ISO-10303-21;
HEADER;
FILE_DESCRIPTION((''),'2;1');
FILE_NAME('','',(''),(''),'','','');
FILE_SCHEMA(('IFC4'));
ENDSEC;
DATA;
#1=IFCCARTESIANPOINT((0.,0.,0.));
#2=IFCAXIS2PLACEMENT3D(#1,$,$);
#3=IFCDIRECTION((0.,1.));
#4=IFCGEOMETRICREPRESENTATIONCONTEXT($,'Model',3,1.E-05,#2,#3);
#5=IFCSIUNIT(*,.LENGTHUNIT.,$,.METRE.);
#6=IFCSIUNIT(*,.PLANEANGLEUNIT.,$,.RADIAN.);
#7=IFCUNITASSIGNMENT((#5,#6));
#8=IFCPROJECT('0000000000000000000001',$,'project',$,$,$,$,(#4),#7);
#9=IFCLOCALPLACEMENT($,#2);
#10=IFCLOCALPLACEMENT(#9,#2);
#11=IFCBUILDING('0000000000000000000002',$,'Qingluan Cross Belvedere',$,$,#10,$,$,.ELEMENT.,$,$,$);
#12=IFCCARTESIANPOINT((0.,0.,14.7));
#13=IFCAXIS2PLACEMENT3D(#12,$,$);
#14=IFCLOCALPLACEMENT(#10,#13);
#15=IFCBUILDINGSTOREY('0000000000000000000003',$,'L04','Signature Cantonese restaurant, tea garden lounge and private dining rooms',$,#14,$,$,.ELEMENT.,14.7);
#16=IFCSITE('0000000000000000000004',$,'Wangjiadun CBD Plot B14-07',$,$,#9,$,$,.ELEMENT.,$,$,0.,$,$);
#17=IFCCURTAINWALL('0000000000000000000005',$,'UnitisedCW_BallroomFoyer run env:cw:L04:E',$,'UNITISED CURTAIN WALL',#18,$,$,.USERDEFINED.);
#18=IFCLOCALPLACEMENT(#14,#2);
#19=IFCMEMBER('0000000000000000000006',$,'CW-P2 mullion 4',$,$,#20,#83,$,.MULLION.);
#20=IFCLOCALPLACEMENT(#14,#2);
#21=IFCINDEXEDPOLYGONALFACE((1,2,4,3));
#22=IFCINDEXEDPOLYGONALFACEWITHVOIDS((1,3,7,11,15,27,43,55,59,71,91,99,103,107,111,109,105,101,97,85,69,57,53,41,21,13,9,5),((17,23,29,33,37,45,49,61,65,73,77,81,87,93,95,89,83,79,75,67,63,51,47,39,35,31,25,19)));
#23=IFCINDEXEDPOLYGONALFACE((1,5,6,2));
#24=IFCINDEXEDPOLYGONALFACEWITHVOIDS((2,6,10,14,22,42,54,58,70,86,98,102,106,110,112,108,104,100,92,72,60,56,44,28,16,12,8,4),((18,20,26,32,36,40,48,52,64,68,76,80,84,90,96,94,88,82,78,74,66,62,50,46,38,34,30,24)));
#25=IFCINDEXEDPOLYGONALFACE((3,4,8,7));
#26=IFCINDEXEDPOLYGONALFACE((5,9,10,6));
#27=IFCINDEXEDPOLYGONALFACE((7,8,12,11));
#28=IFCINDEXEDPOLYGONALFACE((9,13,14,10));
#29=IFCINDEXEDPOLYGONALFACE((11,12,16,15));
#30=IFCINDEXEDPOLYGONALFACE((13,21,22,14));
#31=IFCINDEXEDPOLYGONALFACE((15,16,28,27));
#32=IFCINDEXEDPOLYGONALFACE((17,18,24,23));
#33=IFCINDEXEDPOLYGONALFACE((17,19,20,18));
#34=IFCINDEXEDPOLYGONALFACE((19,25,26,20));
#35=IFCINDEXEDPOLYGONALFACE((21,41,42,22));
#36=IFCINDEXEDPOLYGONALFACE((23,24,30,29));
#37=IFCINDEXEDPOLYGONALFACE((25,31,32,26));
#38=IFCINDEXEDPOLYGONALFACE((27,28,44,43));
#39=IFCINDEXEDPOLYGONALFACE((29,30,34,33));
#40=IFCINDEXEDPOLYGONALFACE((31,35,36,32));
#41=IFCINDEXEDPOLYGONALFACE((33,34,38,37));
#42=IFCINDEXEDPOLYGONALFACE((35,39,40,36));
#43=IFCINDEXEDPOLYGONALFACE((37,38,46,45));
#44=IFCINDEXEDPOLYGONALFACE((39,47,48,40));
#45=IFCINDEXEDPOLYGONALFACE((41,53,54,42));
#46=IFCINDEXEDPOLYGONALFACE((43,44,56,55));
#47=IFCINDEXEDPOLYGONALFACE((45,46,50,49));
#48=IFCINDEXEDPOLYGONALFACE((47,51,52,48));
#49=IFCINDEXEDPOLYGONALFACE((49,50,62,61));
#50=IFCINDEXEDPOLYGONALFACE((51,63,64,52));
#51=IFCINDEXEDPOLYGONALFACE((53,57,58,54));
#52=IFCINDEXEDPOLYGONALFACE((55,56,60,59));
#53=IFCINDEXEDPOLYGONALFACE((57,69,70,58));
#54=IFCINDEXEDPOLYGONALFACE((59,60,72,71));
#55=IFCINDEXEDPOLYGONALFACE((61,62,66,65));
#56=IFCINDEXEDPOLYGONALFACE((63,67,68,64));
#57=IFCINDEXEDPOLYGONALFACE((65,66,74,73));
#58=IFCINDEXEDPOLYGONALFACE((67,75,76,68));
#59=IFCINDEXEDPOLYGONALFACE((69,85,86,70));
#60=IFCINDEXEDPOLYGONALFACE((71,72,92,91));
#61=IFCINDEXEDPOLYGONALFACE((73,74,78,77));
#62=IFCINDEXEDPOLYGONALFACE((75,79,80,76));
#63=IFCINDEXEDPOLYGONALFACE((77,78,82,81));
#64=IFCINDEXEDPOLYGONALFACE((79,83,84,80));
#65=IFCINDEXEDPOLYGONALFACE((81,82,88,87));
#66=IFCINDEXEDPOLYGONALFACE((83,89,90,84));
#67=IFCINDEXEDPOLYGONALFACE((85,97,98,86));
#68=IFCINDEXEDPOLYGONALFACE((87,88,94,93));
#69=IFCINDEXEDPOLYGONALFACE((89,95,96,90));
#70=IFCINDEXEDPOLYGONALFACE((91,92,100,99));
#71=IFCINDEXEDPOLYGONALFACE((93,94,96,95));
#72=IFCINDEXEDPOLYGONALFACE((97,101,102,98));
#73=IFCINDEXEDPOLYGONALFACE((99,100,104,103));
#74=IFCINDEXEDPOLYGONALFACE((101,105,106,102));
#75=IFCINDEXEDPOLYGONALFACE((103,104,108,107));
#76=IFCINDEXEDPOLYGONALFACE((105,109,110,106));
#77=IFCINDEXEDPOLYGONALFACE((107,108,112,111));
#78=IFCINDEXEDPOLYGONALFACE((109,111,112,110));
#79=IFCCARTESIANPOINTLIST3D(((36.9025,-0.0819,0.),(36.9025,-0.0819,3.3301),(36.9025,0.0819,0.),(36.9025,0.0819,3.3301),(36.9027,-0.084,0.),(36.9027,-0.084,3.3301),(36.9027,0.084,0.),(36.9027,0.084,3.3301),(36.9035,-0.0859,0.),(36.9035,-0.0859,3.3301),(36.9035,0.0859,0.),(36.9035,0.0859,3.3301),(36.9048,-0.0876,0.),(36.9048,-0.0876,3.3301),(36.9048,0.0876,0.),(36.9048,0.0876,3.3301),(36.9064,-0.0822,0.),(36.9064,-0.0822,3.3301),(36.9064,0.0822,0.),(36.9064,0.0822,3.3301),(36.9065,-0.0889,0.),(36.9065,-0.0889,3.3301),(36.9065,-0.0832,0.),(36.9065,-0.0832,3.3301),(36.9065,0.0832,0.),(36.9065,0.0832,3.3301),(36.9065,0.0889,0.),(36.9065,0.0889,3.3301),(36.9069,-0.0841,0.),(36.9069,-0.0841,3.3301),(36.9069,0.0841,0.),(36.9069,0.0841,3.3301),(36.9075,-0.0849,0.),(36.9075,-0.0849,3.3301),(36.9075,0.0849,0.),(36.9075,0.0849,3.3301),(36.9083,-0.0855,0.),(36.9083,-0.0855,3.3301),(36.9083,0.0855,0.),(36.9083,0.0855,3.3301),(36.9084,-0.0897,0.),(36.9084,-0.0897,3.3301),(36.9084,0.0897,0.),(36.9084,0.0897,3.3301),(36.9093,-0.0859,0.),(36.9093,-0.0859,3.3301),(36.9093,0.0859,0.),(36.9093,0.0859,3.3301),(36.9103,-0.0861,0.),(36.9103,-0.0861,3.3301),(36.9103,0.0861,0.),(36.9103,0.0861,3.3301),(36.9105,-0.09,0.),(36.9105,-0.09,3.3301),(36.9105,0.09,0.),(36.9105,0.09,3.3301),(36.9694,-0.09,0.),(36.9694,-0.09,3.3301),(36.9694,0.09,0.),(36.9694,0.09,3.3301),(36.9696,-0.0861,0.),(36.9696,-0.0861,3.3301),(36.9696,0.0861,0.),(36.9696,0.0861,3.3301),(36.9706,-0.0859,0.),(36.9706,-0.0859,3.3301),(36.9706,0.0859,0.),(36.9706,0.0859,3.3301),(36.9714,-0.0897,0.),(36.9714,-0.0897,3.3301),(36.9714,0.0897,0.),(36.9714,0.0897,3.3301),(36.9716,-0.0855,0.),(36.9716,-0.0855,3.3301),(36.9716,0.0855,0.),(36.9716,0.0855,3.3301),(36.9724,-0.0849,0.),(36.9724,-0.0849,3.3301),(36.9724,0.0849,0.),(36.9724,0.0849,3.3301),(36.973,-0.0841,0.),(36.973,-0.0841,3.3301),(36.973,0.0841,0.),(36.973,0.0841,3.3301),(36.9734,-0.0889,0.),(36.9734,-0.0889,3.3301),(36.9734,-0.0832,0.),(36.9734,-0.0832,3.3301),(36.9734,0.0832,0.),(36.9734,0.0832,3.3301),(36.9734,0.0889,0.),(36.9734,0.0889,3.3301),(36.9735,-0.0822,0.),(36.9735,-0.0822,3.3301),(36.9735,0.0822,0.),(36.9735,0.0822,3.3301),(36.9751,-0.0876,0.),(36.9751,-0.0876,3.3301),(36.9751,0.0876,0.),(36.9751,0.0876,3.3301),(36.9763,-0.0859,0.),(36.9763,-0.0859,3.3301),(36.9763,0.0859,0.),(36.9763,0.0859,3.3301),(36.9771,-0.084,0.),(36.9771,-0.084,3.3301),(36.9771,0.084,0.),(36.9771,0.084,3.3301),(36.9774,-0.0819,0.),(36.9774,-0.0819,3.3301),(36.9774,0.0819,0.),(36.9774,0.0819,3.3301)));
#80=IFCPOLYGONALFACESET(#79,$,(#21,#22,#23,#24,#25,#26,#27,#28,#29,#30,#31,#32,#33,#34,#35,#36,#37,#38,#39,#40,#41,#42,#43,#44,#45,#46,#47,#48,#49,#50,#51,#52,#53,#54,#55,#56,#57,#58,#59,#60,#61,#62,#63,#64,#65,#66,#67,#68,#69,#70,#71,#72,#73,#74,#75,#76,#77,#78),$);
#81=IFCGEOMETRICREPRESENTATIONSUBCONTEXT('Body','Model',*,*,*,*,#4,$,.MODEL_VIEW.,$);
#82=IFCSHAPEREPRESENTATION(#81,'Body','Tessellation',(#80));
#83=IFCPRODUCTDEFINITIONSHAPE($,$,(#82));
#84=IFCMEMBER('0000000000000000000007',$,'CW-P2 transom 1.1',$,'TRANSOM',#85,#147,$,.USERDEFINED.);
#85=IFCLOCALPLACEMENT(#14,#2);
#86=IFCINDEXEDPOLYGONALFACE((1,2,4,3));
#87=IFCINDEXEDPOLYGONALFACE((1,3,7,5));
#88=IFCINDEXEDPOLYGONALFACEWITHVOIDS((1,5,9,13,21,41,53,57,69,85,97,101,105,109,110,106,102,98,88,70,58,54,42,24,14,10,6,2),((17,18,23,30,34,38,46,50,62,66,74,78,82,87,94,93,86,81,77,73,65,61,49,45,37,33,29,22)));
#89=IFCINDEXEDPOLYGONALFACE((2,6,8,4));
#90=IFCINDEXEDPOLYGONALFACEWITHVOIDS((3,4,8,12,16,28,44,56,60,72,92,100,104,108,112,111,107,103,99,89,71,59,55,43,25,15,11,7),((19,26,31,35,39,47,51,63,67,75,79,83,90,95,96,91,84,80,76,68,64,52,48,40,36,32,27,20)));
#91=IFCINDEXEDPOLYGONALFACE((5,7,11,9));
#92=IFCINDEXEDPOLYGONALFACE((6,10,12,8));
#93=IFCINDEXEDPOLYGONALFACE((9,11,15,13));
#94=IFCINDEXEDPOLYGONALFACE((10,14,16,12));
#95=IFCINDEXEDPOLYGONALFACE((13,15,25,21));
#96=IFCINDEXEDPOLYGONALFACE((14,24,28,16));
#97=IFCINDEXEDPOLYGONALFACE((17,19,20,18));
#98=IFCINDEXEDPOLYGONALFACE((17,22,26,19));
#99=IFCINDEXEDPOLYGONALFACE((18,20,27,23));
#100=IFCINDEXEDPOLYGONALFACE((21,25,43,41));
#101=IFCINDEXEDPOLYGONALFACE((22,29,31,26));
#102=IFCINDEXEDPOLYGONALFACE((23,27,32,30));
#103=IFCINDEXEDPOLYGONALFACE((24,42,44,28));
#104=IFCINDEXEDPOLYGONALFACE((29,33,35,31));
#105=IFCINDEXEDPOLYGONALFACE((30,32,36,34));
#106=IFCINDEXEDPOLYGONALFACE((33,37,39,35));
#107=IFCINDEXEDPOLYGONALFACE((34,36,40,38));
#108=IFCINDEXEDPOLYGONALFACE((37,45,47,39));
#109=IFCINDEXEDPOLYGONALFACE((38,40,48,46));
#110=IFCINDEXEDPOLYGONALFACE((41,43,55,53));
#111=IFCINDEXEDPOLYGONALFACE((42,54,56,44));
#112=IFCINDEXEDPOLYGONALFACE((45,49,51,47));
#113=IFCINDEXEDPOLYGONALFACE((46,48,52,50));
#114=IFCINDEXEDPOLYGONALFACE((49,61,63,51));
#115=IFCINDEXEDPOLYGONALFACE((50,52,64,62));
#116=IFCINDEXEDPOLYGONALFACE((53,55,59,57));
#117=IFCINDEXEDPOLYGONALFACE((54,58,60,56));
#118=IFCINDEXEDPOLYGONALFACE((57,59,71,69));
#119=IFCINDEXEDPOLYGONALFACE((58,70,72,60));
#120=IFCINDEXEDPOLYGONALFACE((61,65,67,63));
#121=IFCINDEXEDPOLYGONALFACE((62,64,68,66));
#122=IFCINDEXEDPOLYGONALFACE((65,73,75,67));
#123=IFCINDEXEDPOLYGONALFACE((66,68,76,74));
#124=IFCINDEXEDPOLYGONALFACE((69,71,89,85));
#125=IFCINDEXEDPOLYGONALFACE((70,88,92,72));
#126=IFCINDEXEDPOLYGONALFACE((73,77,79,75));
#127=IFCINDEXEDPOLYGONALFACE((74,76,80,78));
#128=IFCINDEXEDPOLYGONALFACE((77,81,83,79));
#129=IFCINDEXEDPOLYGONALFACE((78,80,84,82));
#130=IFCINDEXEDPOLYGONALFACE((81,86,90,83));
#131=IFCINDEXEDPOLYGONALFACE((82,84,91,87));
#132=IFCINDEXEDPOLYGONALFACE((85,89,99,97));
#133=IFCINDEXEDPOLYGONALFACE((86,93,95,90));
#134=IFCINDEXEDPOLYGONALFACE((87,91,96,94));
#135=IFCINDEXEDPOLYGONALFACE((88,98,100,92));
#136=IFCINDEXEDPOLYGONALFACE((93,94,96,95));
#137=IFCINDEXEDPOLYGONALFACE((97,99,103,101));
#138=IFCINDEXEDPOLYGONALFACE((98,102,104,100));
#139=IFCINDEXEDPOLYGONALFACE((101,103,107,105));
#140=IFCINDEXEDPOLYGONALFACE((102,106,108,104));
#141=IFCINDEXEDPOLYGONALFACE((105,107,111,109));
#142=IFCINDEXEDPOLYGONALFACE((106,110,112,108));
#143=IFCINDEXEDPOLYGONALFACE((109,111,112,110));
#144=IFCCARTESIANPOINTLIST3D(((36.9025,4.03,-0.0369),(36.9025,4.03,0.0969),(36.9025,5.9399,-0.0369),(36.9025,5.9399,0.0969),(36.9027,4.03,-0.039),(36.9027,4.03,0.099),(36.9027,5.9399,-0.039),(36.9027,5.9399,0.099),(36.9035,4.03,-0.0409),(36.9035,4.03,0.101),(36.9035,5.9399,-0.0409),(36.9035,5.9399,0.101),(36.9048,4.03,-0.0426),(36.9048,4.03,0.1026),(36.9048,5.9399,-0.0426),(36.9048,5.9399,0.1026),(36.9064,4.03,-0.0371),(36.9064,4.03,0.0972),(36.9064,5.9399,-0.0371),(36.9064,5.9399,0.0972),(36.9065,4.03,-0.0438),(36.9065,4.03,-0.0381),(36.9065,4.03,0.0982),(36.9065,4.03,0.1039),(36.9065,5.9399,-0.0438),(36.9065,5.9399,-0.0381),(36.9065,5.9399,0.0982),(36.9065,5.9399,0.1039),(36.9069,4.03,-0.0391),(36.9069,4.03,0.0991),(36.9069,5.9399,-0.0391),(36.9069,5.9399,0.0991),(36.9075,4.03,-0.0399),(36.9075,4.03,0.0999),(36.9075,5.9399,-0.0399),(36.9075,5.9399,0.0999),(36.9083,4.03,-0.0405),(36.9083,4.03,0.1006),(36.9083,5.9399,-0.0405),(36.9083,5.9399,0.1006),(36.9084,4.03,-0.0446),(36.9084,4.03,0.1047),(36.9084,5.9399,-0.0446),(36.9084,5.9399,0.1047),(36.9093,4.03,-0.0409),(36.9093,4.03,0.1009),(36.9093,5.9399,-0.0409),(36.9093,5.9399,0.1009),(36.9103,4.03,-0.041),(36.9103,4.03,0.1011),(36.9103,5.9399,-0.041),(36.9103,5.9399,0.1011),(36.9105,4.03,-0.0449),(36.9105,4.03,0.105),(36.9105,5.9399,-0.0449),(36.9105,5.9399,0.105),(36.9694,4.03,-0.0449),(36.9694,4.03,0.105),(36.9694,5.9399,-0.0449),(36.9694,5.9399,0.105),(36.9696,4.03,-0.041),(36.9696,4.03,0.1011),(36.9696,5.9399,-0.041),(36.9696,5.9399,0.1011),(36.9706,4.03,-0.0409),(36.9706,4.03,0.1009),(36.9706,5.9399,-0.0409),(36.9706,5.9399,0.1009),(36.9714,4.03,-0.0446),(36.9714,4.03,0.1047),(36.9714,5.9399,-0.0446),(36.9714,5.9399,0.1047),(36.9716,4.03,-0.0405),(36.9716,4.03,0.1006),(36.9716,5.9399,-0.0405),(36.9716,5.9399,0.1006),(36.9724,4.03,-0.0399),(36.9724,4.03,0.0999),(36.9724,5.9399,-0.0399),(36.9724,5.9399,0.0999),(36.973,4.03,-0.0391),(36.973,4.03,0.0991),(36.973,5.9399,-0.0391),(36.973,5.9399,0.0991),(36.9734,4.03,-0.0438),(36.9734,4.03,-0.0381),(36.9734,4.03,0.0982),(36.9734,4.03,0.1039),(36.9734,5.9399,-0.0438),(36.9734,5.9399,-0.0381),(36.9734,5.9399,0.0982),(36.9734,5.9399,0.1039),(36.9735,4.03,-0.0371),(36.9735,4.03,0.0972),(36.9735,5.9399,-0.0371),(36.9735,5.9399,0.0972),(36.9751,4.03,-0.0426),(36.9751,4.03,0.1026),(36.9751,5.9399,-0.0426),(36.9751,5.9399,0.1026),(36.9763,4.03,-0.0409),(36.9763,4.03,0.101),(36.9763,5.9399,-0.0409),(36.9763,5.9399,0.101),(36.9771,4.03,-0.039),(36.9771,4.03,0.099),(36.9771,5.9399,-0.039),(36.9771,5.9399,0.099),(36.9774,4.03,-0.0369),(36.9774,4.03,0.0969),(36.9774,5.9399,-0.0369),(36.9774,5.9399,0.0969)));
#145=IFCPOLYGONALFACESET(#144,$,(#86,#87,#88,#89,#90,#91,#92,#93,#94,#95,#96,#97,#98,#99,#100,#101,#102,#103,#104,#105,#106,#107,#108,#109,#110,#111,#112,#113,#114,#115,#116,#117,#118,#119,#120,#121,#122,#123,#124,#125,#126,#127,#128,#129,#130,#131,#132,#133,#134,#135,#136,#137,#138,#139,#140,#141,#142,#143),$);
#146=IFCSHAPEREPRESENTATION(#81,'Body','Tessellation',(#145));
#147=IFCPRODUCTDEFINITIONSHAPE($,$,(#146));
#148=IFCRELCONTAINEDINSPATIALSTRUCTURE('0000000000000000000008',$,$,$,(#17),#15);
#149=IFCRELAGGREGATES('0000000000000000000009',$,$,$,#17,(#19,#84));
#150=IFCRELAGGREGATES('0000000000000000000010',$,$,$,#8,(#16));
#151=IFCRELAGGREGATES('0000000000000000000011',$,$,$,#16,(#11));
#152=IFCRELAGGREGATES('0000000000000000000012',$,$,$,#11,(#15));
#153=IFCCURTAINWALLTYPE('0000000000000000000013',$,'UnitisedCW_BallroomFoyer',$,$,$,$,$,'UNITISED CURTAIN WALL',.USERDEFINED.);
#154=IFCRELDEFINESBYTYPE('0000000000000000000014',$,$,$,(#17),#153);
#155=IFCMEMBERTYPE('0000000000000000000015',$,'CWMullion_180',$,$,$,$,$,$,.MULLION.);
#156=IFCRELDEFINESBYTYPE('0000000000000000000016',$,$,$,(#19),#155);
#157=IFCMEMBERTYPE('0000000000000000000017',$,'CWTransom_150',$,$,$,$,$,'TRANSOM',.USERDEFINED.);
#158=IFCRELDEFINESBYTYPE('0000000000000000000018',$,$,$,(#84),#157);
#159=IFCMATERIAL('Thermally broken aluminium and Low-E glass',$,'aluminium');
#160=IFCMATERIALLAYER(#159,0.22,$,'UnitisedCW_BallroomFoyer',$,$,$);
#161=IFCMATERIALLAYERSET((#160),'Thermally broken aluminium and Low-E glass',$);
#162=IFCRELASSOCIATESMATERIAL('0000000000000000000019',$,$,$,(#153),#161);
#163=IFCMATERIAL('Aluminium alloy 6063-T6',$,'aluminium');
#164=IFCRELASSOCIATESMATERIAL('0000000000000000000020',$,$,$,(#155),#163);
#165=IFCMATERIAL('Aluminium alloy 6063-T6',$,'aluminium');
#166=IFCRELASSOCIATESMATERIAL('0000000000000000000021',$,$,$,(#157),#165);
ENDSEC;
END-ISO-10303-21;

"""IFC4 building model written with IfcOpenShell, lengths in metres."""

from ifc_helpers import new_model, si_unit, direction, frame, origin, origin_2d, place, context, subcontext, project, spatial, hollow_rectangle, extrude, material, layer, layer_set, material_profile, profile_set, type_object, element, aggregate, save


model = new_model("IFC4")

# Units and contexts
model_context = context("Model", 3, precision=1e-05, world=origin(), true_north=direction((0.0, 1.0)))
body_context = subcontext(model_context, "Body", "Model", "MODEL_VIEW")
ifc_project = project(units=[si_unit("LENGTHUNIT", "METRE"), si_unit("PLANEANGLEUNIT", "RADIAN")], contexts=[model_context])

# Site, building, storey
site_placement = place(None, origin())
site = spatial("IfcSite", under=ifc_project, at=site_placement, Name="Wangjiadun CBD Plot B14-07", CompositionType="ELEMENT", RefElevation=0.0)
building_placement = place(site_placement, origin())
building = spatial("IfcBuilding", under=site, at=building_placement, Name="Qingluan Cross Belvedere", CompositionType="ELEMENT")
storey_placement = place(building_placement, frame((0.0, 0.0, 14.7)))
storey = spatial("IfcBuildingStorey", under=building, at=storey_placement, Name="L04", Description="Signature Cantonese restaurant, tea garden lounge and private dining rooms", CompositionType="ELEMENT", Elevation=14.7)

# Curtain wall, members
ifc_material_1 = material(Name="Thermally broken aluminium and Low-E glass", Category="aluminium")
ifc_layer_1 = layer(ifc_material_1, 0.22, Name="UnitisedCW_BallroomFoyer")
ifc_layer_set_1 = layer_set([ifc_layer_1], Name="Thermally broken aluminium and Low-E glass")
curtain_wall_type = type_object("IfcCurtainWallType", Name="UnitisedCW_BallroomFoyer", ElementType="UNITISED CURTAIN WALL", PredefinedType="USERDEFINED", material=ifc_layer_set_1)
curtain_wall_placement = place(storey_placement, origin())
curtain_wall = element("IfcCurtainWall", 1, at=curtain_wall_placement, inside=storey, type_object=curtain_wall_type, Name="UnitisedCW_BallroomFoyer run env:cw:L04:E", ObjectType="UNITISED CURTAIN WALL", PredefinedType="USERDEFINED")
ifc_material_2 = material(Name="Aluminium alloy 6063-T6", Category="aluminium")
ifc_material_profile_1 = material_profile(ifc_material_2, hollow_rectangle(XDim=0.075, YDim=0.1799, WallThickness=0.0039, InnerFilletRadius=0.0039, OuterFilletRadius=0.0081, at=origin_2d()), Name="CWM180x75x4")
ifc_profile_set_1 = profile_set([ifc_material_profile_1], Name="Aluminium alloy 6063-T6")
member_type_1 = type_object("IfcMemberType", Name="CWMullion_180", PredefinedType="MULLION", material=ifc_profile_set_1)
member_1_placement = place(storey_placement, frame((36.9399, 0.0, 0.0), z_axis=(0.0, 0.0, 1.0), x_axis=(1.0, 0.0, 0.0)))
member_1 = element("IfcMember", 2, at=member_1_placement, type_object=member_type_1, Name="CW-P2 mullion 4", PredefinedType="MULLION", context=body_context, shape_type="SweptSolid", body=[
    extrude(hollow_rectangle(XDim=0.075, YDim=0.1799, WallThickness=0.0039, InnerFilletRadius=0.0039, OuterFilletRadius=0.0081, at=origin_2d()), origin(), (0.0, 0.0, 1.0), 3.3301),
])
ifc_material_3 = material(Name="Aluminium alloy 6063-T6", Category="aluminium")
ifc_material_profile_2 = material_profile(ifc_material_3, hollow_rectangle(XDim=0.075, YDim=0.1499, WallThickness=0.0039, InnerFilletRadius=0.0039, OuterFilletRadius=0.0081, at=origin_2d()), Name="CWT150x75x4")
ifc_profile_set_2 = profile_set([ifc_material_profile_2], Name="Aluminium alloy 6063-T6")
member_type_2 = type_object("IfcMemberType", Name="CWTransom_150", ElementType="TRANSOM", PredefinedType="USERDEFINED", material=ifc_profile_set_2)
member_2_placement = place(storey_placement, frame((36.9399, 5.9399, 0.03), z_axis=(0.0, -1.0, 0.0), x_axis=(1.0, 0.0, 0.0)))
member_2 = element("IfcMember", 3, at=member_2_placement, type_object=member_type_2, Name="CW-P2 transom 1.1", ObjectType="TRANSOM", PredefinedType="USERDEFINED", context=body_context, shape_type="SweptSolid", body=[
    extrude(hollow_rectangle(XDim=0.075, YDim=0.1499, WallThickness=0.0039, InnerFilletRadius=0.0039, OuterFilletRadius=0.0081, at=origin_2d()), origin(), (0.0, 0.0, 1.0), 1.9099),
])
aggregate(curtain_wall, [member_1, member_2])

save(model, "model.ifc")
